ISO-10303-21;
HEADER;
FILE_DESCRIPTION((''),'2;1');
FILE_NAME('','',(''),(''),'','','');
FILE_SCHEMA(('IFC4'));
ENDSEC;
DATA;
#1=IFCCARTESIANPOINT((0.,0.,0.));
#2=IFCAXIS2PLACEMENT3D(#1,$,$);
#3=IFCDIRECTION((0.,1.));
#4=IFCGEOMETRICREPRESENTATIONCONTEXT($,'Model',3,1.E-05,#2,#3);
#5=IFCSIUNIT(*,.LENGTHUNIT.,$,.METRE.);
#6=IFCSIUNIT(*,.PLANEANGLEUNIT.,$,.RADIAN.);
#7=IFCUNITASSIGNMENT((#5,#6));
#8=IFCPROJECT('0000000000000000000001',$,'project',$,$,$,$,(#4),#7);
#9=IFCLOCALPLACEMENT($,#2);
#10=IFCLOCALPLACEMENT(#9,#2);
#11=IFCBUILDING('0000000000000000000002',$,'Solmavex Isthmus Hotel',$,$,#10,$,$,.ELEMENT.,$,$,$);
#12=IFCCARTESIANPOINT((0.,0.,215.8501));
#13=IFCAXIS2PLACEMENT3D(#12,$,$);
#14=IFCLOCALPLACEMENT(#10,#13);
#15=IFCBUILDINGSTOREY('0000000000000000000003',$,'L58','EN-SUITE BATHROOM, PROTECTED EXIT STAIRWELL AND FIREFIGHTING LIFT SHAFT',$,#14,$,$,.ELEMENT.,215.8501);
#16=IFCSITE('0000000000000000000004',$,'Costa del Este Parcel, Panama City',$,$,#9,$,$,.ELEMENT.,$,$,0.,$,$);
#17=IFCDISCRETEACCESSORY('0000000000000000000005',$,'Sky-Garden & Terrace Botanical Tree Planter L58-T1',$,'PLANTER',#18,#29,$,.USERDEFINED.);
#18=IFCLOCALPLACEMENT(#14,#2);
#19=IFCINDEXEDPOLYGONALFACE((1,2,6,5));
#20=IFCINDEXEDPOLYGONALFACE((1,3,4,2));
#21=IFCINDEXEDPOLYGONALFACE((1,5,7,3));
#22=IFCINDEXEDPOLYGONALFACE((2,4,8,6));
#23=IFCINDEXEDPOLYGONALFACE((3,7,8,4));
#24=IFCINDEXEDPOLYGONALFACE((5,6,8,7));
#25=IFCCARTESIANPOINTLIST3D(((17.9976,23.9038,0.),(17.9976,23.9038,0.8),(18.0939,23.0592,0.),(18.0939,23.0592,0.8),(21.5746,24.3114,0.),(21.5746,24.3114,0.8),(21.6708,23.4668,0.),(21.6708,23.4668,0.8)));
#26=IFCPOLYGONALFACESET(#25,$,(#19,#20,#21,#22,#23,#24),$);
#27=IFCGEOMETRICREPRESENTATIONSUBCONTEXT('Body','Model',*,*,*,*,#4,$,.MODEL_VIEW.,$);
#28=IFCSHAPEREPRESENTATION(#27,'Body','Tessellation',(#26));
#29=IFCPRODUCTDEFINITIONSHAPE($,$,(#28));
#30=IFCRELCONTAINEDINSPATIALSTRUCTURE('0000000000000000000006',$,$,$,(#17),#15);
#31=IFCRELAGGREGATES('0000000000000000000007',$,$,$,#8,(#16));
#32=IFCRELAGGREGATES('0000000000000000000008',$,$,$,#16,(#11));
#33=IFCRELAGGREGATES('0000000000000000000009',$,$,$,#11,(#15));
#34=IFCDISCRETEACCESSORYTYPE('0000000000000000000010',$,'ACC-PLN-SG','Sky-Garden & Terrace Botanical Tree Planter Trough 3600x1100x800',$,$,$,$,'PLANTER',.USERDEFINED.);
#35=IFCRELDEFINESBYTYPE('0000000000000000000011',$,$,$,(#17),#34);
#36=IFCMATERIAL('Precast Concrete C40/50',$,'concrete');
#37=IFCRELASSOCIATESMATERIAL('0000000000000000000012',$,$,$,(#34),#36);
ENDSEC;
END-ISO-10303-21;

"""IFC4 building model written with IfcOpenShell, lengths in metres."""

from ifc_helpers import new_model, si_unit, direction, frame, origin, origin_2d, place, context, subcontext, project, spatial, rectangle, extrude, material, type_object, element, save


model = new_model("IFC4")

# Units and contexts
model_context = context("Model", 3, precision=1e-05, world=origin(), true_north=direction((0.0, 1.0)))
body_context = subcontext(model_context, "Body", "Model", "MODEL_VIEW")
ifc_project = project(units=[si_unit("LENGTHUNIT", "METRE"), si_unit("PLANEANGLEUNIT", "RADIAN")], contexts=[model_context])

# Site, building, storey
site_placement = place(None, origin())
site = spatial("IfcSite", under=ifc_project, at=site_placement, Name="Costa del Este Parcel, Panama City", CompositionType="ELEMENT", RefElevation=0.0)
building_placement = place(site_placement, origin())
building = spatial("IfcBuilding", under=site, at=building_placement, Name="Solmavex Isthmus Hotel", CompositionType="ELEMENT")
storey_placement = place(building_placement, frame((0.0, 0.0, 215.8501)))
storey = spatial("IfcBuildingStorey", under=building, at=storey_placement, Name="L58", Description="EN-SUITE BATHROOM, PROTECTED EXIT STAIRWELL AND FIREFIGHTING LIFT SHAFT", CompositionType="ELEMENT", Elevation=215.8501)

# Shared definitions
ifc_material_1 = material(Name="Precast Concrete C40/50", Category="concrete")

# Discrete accessory
discrete_accessory_type = type_object("IfcDiscreteAccessoryType", Name="ACC-PLN-SG", Description="Sky-Garden & Terrace Botanical Tree Planter Trough 3600x1100x800", ElementType="PLANTER", PredefinedType="USERDEFINED", material=ifc_material_1)
discrete_accessory_placement = place(storey_placement, frame((19.8342, 23.6853, 0.0), z_axis=(0.0, 0.0, 1.0), x_axis=(0.993572, 0.113203, 0.0)))
element("IfcDiscreteAccessory", 1, at=discrete_accessory_placement, inside=storey, type_object=discrete_accessory_type, Name="Sky-Garden & Terrace Botanical Tree Planter L58-T1", ObjectType="PLANTER", PredefinedType="USERDEFINED", context=body_context, shape_type="SweptSolid", body=[
    extrude(rectangle(XDim=3.6001, YDim=0.8501, at=origin_2d()), origin(), (0.0, 0.0, 1.0), 0.8),
])

save(model, "model.ifc")
